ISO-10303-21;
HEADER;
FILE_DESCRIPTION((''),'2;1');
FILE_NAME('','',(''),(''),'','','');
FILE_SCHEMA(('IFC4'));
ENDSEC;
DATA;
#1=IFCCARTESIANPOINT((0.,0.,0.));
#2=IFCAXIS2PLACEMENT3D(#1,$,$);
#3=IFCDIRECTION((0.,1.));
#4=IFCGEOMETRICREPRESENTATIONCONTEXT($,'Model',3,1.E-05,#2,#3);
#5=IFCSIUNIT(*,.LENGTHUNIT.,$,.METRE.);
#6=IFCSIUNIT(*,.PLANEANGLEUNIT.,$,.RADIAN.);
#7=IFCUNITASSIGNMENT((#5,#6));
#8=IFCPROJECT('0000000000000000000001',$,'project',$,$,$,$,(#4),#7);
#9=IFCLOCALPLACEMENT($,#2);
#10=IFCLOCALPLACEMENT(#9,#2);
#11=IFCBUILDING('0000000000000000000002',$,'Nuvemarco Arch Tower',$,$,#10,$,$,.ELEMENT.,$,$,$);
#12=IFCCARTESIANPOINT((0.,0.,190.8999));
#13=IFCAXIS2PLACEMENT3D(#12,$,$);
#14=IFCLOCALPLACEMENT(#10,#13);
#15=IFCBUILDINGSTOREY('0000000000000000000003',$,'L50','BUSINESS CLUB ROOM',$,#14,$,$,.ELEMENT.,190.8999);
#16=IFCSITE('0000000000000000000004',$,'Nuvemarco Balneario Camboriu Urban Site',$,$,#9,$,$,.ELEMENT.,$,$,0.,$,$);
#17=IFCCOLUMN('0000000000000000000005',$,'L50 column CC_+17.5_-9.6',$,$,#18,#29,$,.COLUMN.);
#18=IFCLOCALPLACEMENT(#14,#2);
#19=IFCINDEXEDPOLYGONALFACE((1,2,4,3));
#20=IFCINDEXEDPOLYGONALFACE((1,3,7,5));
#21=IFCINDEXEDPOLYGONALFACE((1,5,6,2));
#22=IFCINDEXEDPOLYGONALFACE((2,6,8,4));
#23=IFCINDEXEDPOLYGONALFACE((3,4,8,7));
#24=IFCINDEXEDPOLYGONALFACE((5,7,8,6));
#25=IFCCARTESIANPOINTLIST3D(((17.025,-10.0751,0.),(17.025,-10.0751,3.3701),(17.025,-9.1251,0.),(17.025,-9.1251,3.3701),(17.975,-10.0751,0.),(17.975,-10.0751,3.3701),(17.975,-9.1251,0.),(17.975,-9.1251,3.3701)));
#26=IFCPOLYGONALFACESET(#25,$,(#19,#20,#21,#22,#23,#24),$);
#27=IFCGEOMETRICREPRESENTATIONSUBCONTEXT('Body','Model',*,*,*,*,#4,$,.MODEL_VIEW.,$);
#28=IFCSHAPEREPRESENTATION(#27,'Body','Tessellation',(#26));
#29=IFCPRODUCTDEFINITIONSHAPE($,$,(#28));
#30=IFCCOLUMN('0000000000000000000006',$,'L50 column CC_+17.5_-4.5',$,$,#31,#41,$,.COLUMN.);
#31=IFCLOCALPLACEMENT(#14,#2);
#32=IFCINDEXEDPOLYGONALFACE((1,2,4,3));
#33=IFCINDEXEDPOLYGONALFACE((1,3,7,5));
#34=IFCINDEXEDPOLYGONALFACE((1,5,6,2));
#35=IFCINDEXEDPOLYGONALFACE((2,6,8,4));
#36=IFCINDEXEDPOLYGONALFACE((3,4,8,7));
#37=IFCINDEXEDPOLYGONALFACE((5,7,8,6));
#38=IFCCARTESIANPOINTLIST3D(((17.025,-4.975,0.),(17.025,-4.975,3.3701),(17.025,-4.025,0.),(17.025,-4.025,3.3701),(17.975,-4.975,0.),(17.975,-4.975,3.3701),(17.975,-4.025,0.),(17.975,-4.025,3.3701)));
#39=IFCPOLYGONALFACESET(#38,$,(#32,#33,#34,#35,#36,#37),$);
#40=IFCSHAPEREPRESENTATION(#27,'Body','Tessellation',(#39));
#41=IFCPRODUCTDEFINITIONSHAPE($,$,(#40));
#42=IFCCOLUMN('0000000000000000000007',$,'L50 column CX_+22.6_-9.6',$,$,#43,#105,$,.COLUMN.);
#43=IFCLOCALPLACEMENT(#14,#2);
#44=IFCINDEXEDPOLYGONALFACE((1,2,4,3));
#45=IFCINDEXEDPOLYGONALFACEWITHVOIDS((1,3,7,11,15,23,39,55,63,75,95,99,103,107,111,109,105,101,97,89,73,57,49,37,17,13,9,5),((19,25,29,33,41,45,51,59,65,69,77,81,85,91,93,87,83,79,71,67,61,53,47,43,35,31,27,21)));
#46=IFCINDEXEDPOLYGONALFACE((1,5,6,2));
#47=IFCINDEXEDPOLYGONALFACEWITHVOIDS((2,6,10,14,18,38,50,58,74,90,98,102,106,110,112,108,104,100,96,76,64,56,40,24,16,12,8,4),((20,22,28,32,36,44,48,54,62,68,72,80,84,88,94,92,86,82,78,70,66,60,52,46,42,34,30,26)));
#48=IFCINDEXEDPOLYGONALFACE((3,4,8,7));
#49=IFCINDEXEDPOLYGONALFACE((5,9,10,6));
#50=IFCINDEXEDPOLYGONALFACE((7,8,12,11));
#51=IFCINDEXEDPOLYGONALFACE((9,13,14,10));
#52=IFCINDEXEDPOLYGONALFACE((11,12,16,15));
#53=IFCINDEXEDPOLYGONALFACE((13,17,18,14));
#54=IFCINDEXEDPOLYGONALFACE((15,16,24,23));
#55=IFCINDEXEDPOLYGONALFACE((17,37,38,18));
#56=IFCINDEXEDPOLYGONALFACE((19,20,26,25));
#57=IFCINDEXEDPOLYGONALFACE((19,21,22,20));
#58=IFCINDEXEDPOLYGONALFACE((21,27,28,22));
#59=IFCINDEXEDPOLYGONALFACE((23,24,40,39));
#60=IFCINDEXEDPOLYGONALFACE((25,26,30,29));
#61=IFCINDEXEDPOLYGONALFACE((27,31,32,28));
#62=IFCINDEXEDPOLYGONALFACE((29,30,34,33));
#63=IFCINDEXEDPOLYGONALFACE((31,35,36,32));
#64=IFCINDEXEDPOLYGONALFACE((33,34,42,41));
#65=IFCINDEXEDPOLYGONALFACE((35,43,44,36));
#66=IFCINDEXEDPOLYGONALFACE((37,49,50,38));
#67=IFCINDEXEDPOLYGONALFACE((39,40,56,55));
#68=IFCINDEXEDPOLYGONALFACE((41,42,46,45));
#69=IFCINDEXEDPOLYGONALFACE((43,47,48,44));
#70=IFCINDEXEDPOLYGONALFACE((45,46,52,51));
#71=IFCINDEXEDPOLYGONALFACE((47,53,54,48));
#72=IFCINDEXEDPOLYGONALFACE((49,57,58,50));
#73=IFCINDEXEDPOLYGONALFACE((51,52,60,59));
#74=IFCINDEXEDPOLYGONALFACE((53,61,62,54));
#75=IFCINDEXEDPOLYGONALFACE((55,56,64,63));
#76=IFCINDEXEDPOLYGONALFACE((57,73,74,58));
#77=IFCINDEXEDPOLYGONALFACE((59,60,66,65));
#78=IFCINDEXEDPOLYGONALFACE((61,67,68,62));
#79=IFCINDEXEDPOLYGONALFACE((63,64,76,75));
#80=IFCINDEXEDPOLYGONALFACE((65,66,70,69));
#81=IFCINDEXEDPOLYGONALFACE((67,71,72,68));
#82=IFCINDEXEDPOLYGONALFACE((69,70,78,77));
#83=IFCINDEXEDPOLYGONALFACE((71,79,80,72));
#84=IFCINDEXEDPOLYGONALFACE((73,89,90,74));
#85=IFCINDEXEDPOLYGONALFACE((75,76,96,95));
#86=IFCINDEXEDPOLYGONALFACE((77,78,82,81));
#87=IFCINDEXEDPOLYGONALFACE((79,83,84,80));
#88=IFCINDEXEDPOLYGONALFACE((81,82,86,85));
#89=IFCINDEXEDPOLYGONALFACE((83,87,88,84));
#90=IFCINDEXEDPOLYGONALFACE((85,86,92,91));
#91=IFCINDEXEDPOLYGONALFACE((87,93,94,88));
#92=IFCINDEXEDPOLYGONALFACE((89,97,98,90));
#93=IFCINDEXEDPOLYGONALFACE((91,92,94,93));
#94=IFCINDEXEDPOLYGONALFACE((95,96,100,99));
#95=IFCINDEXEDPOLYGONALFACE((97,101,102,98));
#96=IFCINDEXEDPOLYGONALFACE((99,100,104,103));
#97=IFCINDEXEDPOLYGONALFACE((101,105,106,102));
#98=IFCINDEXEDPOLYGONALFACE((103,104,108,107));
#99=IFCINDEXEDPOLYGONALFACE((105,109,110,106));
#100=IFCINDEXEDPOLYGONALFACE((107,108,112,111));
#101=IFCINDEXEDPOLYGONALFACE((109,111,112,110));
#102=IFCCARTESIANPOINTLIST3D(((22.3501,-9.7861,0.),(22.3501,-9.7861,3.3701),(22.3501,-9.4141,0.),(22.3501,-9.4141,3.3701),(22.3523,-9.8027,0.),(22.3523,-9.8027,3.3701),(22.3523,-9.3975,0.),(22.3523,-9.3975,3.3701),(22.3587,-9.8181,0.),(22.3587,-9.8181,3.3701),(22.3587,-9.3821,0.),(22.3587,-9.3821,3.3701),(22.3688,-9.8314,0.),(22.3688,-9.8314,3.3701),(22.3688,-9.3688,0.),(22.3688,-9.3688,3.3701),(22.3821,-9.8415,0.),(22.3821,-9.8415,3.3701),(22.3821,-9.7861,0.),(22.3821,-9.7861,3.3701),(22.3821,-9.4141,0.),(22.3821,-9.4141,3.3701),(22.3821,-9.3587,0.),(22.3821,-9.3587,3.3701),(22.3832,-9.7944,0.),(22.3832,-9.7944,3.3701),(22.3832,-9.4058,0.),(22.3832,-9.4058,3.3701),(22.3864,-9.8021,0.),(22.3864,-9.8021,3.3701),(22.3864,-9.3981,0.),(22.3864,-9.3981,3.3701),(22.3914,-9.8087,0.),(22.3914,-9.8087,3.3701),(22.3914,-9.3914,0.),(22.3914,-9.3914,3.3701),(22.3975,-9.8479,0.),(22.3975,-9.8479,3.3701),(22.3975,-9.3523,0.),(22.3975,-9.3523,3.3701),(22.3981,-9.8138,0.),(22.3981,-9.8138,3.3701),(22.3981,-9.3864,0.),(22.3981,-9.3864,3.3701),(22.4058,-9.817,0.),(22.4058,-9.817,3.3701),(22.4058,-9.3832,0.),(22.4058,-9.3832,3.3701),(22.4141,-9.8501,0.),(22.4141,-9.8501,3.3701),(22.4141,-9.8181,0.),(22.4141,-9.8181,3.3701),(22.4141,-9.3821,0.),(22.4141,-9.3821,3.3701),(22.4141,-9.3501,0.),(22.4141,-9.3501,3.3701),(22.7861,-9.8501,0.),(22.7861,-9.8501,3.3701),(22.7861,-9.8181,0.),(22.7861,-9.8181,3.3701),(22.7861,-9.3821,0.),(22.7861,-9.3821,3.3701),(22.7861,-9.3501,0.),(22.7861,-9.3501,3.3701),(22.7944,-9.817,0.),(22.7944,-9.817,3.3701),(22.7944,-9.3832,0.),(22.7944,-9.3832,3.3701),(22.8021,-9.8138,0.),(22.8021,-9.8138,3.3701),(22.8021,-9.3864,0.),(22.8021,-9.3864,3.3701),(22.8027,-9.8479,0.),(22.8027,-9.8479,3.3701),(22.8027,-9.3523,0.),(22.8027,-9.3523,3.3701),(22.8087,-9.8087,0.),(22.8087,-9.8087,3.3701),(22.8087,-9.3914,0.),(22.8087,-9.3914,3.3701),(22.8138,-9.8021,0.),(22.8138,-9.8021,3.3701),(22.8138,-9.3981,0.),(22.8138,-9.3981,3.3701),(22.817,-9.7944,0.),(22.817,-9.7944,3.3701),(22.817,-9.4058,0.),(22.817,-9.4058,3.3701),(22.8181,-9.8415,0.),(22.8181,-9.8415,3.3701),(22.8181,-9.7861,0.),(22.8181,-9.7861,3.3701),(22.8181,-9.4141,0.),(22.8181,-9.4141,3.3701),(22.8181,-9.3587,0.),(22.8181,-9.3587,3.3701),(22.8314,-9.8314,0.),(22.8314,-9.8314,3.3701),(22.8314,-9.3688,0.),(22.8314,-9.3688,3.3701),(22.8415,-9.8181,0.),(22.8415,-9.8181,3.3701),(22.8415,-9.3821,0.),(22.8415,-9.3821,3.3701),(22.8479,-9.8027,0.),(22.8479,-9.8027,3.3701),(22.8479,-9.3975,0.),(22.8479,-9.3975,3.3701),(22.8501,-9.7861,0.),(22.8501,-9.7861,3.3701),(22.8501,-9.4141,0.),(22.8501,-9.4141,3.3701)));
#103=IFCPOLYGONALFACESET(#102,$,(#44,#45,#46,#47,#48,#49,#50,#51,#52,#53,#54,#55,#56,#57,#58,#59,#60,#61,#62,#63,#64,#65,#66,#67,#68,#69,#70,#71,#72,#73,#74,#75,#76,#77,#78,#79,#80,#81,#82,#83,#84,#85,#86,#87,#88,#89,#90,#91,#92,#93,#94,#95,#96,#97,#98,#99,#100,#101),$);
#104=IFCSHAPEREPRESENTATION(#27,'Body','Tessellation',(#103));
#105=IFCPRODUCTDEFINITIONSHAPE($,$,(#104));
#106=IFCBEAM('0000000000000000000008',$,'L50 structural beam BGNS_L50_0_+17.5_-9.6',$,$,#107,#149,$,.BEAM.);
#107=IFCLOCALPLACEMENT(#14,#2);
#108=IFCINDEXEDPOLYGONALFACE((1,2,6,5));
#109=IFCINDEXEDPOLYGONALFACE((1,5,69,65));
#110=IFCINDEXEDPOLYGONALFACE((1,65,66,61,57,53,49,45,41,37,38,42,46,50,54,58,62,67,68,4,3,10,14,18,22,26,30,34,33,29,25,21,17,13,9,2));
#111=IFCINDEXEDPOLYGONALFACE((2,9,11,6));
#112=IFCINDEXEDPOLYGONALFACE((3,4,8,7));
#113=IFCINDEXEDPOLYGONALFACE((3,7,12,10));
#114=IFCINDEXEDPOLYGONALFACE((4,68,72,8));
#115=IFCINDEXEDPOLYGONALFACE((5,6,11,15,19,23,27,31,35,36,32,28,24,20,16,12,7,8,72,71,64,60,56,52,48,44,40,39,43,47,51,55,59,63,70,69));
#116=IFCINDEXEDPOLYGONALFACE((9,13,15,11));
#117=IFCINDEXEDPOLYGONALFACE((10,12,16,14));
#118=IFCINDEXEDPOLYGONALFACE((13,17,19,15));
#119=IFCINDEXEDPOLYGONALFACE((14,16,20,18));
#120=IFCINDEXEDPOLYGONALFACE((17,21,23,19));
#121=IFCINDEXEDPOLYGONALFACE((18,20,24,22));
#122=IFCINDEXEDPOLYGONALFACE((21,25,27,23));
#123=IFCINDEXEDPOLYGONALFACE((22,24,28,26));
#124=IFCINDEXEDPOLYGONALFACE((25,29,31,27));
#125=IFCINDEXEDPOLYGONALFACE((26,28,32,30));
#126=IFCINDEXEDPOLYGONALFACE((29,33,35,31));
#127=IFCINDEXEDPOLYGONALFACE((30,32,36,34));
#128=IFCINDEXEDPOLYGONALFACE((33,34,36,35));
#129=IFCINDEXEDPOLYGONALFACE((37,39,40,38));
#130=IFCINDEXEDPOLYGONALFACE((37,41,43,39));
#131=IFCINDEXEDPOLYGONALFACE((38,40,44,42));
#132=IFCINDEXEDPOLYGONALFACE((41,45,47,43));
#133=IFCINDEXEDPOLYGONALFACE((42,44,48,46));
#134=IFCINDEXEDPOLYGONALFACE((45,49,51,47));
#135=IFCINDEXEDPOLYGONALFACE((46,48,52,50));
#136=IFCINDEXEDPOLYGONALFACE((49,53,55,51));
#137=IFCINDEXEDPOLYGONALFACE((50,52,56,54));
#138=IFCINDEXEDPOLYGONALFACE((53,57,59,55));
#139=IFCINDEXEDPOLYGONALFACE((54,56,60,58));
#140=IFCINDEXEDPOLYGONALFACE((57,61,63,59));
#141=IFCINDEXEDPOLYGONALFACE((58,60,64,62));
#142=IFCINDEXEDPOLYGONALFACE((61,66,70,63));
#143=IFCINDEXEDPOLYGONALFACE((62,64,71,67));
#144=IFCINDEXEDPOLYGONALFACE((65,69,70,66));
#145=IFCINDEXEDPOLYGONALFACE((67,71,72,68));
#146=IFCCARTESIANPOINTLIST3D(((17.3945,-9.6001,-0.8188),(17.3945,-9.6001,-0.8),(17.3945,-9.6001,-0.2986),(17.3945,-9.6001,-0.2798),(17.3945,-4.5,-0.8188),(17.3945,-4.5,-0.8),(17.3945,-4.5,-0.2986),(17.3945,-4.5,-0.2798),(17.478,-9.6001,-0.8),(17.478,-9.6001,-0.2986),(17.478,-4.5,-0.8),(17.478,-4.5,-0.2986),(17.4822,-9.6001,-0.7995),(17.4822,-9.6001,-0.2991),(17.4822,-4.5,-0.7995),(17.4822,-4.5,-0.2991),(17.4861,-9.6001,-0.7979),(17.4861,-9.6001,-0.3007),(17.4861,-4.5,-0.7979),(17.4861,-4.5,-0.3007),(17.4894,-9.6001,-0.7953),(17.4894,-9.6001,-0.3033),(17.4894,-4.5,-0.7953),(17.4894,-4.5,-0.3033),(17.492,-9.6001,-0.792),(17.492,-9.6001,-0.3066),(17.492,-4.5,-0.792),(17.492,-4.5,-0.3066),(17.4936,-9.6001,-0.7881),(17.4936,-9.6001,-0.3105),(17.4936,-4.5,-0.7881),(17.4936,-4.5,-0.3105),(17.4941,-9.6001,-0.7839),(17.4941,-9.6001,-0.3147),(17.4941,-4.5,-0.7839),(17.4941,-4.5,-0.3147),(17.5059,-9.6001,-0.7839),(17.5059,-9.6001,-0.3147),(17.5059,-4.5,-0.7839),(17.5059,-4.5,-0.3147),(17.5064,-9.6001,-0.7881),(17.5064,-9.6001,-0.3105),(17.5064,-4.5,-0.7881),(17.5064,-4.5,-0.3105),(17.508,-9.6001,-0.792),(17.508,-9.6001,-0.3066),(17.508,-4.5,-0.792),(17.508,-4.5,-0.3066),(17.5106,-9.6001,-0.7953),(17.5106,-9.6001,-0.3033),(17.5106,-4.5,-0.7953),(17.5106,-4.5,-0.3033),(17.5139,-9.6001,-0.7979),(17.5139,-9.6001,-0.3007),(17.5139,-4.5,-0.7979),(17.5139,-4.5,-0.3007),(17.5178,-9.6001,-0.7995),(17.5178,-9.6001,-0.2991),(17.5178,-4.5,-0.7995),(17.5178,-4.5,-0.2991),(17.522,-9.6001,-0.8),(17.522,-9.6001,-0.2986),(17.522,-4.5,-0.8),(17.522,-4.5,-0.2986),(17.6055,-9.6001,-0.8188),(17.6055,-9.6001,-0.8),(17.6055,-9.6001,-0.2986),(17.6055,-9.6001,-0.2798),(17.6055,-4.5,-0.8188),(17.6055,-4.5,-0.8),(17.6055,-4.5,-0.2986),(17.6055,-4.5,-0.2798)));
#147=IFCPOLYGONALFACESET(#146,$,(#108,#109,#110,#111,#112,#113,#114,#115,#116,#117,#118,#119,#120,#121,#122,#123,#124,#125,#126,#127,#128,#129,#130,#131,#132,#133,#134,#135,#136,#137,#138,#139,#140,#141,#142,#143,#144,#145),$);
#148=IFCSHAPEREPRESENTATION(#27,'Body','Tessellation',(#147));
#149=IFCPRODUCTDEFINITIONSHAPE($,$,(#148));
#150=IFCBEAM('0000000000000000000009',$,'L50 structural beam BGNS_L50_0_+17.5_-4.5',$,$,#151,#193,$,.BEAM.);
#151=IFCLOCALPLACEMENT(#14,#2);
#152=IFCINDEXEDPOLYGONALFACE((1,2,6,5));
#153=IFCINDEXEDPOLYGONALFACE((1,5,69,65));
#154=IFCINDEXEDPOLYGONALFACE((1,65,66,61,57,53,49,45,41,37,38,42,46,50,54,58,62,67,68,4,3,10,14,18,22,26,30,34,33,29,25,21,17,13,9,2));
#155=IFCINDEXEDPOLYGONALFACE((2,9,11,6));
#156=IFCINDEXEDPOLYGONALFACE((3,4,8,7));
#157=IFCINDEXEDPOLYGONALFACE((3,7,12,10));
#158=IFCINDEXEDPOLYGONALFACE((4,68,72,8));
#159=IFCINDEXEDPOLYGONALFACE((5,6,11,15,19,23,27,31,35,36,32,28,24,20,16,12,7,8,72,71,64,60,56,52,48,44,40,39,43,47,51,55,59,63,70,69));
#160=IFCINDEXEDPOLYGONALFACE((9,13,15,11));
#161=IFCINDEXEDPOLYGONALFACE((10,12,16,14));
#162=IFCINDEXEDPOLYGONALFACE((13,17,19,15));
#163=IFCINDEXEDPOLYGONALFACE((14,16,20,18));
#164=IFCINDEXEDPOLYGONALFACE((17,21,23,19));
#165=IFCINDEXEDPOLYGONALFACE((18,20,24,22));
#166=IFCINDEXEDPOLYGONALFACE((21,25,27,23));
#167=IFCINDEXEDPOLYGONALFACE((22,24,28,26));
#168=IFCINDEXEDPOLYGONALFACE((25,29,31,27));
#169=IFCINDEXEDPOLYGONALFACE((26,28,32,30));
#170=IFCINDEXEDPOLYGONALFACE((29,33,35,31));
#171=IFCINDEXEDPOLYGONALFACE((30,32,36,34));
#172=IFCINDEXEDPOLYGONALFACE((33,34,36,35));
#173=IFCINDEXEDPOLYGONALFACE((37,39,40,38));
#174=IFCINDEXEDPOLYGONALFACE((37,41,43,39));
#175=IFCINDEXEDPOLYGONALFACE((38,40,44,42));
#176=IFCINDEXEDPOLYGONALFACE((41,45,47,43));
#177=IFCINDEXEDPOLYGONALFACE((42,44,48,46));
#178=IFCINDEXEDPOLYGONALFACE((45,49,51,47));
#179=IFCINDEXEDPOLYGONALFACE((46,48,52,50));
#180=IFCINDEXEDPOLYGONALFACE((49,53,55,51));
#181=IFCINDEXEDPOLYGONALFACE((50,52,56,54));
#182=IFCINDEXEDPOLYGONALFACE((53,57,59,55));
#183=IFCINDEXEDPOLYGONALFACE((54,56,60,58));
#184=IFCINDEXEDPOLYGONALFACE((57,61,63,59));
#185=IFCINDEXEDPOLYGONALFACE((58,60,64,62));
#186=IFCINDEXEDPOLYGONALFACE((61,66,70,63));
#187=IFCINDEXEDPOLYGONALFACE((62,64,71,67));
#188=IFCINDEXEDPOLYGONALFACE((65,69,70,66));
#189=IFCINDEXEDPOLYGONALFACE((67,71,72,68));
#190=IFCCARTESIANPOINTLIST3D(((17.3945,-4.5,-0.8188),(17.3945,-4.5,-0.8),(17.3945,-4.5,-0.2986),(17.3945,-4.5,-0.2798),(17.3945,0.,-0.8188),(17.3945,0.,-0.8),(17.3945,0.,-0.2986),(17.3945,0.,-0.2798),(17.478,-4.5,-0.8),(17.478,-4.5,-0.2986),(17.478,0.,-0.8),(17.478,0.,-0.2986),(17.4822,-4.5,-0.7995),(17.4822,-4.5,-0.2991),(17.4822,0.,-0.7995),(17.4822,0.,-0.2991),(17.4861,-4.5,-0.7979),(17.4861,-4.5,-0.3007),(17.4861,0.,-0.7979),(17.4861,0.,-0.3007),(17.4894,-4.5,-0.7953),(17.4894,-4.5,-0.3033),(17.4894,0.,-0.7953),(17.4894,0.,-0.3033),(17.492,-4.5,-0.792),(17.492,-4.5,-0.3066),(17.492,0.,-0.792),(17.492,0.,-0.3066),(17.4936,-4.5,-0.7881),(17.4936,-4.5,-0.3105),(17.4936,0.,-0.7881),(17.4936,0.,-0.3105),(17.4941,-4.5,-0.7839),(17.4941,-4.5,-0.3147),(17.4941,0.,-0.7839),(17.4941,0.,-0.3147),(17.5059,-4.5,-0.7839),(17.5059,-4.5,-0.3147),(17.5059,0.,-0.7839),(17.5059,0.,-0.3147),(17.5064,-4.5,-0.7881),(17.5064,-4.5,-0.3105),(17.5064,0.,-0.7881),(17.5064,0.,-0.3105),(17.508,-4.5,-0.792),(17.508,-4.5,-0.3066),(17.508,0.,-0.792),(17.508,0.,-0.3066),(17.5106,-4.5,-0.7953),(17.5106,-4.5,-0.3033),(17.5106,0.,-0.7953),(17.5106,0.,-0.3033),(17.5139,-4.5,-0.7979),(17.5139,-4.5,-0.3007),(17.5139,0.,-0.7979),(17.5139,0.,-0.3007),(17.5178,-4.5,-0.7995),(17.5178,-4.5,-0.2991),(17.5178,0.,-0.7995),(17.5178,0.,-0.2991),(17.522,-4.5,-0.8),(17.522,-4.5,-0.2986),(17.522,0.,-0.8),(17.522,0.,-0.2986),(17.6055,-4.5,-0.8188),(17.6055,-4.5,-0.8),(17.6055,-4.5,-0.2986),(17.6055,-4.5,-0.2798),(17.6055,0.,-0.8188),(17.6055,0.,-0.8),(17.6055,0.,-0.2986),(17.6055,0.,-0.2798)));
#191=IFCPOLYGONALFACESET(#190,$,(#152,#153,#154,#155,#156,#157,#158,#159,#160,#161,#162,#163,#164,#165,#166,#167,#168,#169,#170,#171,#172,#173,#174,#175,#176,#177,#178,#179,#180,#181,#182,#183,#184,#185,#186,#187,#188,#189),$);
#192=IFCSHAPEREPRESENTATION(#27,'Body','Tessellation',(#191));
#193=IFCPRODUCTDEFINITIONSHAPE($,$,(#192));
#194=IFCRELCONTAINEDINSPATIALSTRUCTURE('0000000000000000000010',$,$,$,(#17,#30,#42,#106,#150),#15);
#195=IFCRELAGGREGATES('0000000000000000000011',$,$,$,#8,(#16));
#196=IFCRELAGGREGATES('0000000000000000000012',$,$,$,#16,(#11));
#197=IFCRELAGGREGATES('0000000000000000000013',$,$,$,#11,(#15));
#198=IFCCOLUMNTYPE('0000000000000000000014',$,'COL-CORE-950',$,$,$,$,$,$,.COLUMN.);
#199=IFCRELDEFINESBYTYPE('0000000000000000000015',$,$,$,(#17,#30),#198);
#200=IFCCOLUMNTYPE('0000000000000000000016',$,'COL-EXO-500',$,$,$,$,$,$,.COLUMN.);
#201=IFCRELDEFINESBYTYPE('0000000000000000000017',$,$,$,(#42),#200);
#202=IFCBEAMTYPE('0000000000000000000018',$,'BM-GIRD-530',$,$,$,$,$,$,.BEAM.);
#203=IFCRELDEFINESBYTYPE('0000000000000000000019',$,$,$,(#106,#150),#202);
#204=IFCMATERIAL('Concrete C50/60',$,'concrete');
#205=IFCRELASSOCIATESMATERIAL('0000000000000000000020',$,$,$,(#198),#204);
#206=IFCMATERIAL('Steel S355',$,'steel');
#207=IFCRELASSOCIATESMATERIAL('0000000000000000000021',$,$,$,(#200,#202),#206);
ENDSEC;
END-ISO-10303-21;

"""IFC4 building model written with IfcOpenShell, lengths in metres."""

from ifc_helpers import new_model, si_unit, direction, frame, origin, origin_2d, place, context, subcontext, project, spatial, rectangle, hollow_rectangle, i_section, extrude, material, material_profile, profile_set, type_object, element, save


model = new_model("IFC4")

# Units and contexts
model_context = context("Model", 3, precision=1e-05, world=origin(), true_north=direction((0.0, 1.0)))
body_context = subcontext(model_context, "Body", "Model", "MODEL_VIEW")
ifc_project = project(units=[si_unit("LENGTHUNIT", "METRE"), si_unit("PLANEANGLEUNIT", "RADIAN")], contexts=[model_context])

# Site, building, storey
site_placement = place(None, origin())
site = spatial("IfcSite", under=ifc_project, at=site_placement, Name="Nuvemarco Balneario Camboriu Urban Site", CompositionType="ELEMENT", RefElevation=0.0)
building_placement = place(site_placement, origin())
building = spatial("IfcBuilding", under=site, at=building_placement, Name="Nuvemarco Arch Tower", CompositionType="ELEMENT")
storey_placement = place(building_placement, frame((0.0, 0.0, 190.8999)))
storey = spatial("IfcBuildingStorey", under=building, at=storey_placement, Name="L50", Description="BUSINESS CLUB ROOM", CompositionType="ELEMENT", Elevation=190.8999)

# Columns
ifc_material_1 = material(Name="Concrete C50/60", Category="concrete")
ifc_material_profile_1 = material_profile(ifc_material_1, rectangle(XDim=0.95, YDim=0.95, at=origin_2d()), Name="RC-COL-950x950")
ifc_profile_set_1 = profile_set([ifc_material_profile_1], Name="Concrete C50/60")
column_type_1 = type_object("IfcColumnType", Name="COL-CORE-950", PredefinedType="COLUMN", material=ifc_profile_set_1)
for number, where, z_axis, x_axis, name in (
    (1, (17.5, -9.6001, 0.0), (0.0, 0.0, 1.0), (1.0, 0.0, 0.0), "L50 column CC_+17.5_-9.6"),
    (2, (17.5, -4.5, 0.0), (0.0, 0.0, 1.0), (1.0, 0.0, 0.0), "L50 column CC_+17.5_-4.5"),
):
    element("IfcColumn", number, at=place(storey_placement, frame(where, z_axis=z_axis, x_axis=x_axis)), inside=storey, type_object=column_type_1, Name=name, PredefinedType="COLUMN", context=body_context, shape_type="SweptSolid", body=[
        extrude(rectangle(XDim=0.95, YDim=0.95, at=origin_2d()), origin(), (0.0, 0.0, 1.0), 3.3701),
    ])
ifc_material_2 = material(Name="Steel S355", Category="steel")
ifc_material_profile_2 = material_profile(ifc_material_2, hollow_rectangle(XDim=0.5, YDim=0.5, WallThickness=0.032, InnerFilletRadius=0.032, OuterFilletRadius=0.064, at=origin_2d()), Name="SHS500x500x32")
ifc_profile_set_2 = profile_set([ifc_material_profile_2], Name="Steel S355")
column_type_2 = type_object("IfcColumnType", Name="COL-EXO-500", PredefinedType="COLUMN", material=ifc_profile_set_2)
column_placement = place(storey_placement, frame((22.6001, -9.6001, 0.0), z_axis=(0.0, 0.0, 1.0), x_axis=(1.0, 0.0, 0.0)))
element("IfcColumn", 3, at=column_placement, inside=storey, type_object=column_type_2, Name="L50 column CX_+22.6_-9.6", PredefinedType="COLUMN", context=body_context, shape_type="SweptSolid", body=[
    extrude(hollow_rectangle(XDim=0.5, YDim=0.5, WallThickness=0.032, InnerFilletRadius=0.032, OuterFilletRadius=0.064, at=origin_2d()), origin(), (0.0, 0.0, 1.0), 3.3701),
])

# Beams
ifc_material_profile_3 = material_profile(ifc_material_2, i_section(OverallWidth=0.2109, OverallDepth=0.5391, WebThickness=0.0117, FlangeThickness=0.0188, FilletRadius=0.0161, at=origin_2d()), Name="W530x109")
ifc_profile_set_3 = profile_set([ifc_material_profile_3], Name="Steel S355")
beam_type_1 = type_object("IfcBeamType", Name="BM-GIRD-530", PredefinedType="BEAM", material=ifc_profile_set_3)
beam_1_placement = place(storey_placement, frame((17.5, -9.6001, -0.5493), z_axis=(0.0, 1.0, 0.0), x_axis=(-1.0, 0.0, 0.0)))
element("IfcBeam", 4, at=beam_1_placement, inside=storey, type_object=beam_type_1, Name="L50 structural beam BGNS_L50_0_+17.5_-9.6", PredefinedType="BEAM", context=body_context, shape_type="SweptSolid", body=[
    extrude(i_section(OverallWidth=0.2109, OverallDepth=0.5391, WebThickness=0.0117, FlangeThickness=0.0188, FilletRadius=0.0161, at=origin_2d()), origin(), (0.0, 0.0, 1.0), 5.1001),
])
beam_2_placement = place(storey_placement, frame((17.5, -4.5, -0.5493), z_axis=(0.0, 1.0, 0.0), x_axis=(-1.0, 0.0, 0.0)))
element("IfcBeam", 5, at=beam_2_placement, inside=storey, type_object=beam_type_1, Name="L50 structural beam BGNS_L50_0_+17.5_-4.5", PredefinedType="BEAM", context=body_context, shape_type="SweptSolid", body=[
    extrude(i_section(OverallWidth=0.2109, OverallDepth=0.5391, WebThickness=0.0117, FlangeThickness=0.0188, FilletRadius=0.0161, at=origin_2d()), origin(), (0.0, 0.0, 1.0), 4.5),
])

save(model, "model.ifc")
